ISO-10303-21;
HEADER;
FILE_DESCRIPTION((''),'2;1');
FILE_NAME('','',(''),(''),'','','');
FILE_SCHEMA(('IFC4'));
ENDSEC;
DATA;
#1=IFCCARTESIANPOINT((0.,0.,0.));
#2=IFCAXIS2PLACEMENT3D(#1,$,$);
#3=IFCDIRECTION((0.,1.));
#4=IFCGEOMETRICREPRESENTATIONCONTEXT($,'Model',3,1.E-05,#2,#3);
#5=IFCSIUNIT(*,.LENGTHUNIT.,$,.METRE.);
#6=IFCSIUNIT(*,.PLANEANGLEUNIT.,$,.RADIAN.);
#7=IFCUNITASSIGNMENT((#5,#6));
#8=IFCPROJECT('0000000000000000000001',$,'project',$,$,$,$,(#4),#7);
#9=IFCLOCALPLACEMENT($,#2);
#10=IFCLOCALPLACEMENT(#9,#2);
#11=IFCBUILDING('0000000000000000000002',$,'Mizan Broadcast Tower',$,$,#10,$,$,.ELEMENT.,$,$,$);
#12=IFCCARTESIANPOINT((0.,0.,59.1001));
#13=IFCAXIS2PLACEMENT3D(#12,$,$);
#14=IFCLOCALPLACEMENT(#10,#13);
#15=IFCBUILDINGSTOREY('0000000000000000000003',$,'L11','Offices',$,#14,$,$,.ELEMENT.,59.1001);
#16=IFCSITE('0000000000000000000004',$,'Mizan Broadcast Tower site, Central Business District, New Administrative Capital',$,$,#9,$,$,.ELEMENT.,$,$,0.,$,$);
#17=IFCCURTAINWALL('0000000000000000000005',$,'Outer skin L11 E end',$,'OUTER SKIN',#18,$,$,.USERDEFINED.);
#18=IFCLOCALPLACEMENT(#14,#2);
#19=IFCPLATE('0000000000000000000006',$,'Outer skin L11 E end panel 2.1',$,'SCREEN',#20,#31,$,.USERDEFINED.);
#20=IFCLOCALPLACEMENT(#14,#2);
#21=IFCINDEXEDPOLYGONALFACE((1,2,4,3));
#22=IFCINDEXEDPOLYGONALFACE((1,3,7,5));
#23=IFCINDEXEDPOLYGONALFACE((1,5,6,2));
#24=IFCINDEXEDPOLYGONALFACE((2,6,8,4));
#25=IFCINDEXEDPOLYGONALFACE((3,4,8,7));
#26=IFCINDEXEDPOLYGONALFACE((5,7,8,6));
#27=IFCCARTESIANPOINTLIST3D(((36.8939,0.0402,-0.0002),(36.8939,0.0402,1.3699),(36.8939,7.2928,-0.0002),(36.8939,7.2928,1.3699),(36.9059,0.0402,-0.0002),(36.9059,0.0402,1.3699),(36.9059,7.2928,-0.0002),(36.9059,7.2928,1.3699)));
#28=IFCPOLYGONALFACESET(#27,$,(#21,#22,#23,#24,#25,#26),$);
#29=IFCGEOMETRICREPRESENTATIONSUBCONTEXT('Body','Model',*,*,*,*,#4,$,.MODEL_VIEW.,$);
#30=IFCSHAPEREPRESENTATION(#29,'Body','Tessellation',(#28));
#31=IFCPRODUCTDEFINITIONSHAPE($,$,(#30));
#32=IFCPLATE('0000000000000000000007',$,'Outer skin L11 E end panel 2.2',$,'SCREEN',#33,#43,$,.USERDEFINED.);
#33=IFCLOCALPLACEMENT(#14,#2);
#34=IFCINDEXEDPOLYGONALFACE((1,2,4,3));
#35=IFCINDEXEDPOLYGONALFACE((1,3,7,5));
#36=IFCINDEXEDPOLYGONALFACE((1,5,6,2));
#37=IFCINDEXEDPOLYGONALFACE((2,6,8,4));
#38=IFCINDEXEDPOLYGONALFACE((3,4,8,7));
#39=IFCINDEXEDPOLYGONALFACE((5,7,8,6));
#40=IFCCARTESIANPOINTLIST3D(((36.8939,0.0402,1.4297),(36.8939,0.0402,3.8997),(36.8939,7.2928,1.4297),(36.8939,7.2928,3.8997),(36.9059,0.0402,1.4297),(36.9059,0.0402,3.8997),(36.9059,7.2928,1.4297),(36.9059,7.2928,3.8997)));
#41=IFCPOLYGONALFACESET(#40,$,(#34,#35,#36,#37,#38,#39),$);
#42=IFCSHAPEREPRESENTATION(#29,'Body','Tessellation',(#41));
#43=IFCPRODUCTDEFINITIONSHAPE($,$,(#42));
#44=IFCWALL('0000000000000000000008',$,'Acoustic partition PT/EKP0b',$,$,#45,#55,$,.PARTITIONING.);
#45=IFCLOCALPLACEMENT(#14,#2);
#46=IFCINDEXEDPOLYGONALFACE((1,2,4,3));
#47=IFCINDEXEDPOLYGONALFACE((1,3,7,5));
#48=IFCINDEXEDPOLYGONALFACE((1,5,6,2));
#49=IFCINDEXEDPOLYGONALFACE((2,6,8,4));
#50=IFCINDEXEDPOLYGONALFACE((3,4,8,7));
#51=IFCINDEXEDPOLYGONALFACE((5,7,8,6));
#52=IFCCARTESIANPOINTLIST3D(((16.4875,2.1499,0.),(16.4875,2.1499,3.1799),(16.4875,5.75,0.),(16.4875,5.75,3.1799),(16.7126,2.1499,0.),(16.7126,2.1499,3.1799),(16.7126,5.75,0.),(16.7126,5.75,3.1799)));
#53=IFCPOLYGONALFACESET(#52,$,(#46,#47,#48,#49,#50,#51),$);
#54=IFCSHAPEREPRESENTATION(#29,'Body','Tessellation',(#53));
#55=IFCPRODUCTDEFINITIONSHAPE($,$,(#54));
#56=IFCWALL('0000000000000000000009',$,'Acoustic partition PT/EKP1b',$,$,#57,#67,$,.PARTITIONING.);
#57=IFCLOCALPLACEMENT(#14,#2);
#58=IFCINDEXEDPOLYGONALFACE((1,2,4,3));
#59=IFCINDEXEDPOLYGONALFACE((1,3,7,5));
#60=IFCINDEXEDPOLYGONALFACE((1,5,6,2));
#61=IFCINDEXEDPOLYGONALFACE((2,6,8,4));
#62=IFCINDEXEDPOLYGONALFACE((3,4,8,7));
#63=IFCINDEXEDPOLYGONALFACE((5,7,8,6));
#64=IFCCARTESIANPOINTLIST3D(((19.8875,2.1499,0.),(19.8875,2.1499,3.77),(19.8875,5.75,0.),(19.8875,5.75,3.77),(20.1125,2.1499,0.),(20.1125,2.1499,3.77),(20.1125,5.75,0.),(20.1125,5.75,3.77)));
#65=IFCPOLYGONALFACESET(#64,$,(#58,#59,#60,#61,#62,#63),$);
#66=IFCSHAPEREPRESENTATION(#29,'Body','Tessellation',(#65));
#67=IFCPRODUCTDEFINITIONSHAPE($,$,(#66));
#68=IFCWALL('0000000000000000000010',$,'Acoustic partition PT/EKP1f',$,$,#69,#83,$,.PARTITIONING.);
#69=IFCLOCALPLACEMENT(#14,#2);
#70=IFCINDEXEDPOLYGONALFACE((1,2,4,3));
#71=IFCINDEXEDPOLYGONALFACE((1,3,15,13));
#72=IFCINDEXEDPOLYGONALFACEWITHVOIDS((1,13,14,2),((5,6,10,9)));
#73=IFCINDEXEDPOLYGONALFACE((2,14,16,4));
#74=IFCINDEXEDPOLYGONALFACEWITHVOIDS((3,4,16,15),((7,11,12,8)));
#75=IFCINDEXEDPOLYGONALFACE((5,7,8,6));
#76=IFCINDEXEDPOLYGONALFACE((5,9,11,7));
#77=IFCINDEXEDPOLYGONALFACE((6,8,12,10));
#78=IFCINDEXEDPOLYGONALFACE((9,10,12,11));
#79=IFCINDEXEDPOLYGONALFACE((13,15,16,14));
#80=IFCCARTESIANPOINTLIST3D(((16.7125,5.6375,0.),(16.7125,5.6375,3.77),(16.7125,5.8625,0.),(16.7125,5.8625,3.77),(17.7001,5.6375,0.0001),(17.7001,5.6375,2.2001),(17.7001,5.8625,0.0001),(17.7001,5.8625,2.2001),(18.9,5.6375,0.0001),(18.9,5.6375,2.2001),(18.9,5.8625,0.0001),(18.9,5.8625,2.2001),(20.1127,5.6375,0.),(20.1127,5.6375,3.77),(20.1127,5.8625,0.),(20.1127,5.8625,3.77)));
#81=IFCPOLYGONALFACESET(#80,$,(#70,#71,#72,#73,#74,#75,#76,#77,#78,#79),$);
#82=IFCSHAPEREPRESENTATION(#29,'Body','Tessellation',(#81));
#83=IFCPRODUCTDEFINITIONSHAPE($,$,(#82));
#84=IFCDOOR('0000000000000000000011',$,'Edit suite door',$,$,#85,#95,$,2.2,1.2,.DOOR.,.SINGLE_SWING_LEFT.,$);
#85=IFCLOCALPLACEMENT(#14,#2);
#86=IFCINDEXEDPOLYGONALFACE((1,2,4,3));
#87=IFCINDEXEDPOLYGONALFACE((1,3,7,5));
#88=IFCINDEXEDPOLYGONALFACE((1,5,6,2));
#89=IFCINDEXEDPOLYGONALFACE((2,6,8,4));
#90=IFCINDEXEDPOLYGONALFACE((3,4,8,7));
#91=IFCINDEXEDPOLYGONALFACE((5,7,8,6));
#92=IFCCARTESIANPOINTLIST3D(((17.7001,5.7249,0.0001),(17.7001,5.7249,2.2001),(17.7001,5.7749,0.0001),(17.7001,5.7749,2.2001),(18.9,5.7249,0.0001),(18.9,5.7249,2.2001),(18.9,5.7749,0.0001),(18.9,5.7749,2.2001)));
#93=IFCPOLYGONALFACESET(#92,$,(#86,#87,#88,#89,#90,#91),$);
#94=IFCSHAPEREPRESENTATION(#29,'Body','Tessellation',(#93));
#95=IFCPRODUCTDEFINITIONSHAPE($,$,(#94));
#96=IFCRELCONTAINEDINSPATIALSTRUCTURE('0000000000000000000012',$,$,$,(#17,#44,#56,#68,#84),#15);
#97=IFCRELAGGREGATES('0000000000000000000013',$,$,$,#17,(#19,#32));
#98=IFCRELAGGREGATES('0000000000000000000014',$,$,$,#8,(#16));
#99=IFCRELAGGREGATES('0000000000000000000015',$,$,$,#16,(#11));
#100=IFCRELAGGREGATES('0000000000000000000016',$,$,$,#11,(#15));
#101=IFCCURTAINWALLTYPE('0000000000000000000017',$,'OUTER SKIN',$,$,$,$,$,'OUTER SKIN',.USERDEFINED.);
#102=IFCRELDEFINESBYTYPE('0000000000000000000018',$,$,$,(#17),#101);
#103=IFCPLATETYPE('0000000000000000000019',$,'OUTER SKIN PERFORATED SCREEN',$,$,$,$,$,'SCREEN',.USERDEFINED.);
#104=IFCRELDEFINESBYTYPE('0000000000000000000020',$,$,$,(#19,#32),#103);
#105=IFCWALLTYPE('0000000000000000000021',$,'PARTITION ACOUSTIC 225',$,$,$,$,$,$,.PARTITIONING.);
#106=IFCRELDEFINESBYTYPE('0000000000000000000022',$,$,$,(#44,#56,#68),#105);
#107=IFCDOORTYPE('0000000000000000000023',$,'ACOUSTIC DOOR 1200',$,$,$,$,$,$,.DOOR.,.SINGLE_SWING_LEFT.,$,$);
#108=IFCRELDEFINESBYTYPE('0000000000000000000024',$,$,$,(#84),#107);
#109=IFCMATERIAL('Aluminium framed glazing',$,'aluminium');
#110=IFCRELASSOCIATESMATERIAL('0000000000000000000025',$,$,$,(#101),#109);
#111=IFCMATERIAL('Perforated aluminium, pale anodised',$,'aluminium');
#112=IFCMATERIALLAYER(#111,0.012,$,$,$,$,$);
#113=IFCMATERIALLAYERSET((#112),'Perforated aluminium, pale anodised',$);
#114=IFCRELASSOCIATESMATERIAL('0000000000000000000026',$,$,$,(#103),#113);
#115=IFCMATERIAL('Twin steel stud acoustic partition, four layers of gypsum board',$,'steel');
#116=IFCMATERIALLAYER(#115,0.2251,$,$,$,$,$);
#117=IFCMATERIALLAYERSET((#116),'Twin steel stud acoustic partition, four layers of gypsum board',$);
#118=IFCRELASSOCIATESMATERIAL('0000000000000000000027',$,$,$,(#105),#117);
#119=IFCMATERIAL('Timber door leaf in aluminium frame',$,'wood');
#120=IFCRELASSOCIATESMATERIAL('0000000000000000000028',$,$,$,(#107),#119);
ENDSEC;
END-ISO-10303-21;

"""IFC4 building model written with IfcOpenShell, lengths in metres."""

from ifc_helpers import new_model, si_unit, direction, frame, frame_2d, origin, origin_2d, place, context, subcontext, project, spatial, rectangle, extrude, material, layer, layer_set, type_object, element, fill, aggregate, save


model = new_model("IFC4")

# Units and contexts
model_context = context("Model", 3, precision=1e-05, world=origin(), true_north=direction((0.0, 1.0)))
body_context = subcontext(model_context, "Body", "Model", "MODEL_VIEW")
ifc_project = project(units=[si_unit("LENGTHUNIT", "METRE"), si_unit("PLANEANGLEUNIT", "RADIAN")], contexts=[model_context])

# Site, building, storey
site_placement = place(None, origin())
site = spatial("IfcSite", under=ifc_project, at=site_placement, Name="Mizan Broadcast Tower site, Central Business District, New Administrative Capital", CompositionType="ELEMENT", RefElevation=0.0)
building_placement = place(site_placement, origin())
building = spatial("IfcBuilding", under=site, at=building_placement, Name="Mizan Broadcast Tower", CompositionType="ELEMENT")
storey_placement = place(building_placement, frame((0.0, 0.0, 59.1001)))
storey = spatial("IfcBuildingStorey", under=building, at=storey_placement, Name="L11", Description="Offices", CompositionType="ELEMENT", Elevation=59.1001)

# Curtain wall
ifc_material_1 = material(Name="Aluminium framed glazing", Category="aluminium")
curtain_wall_type_1 = type_object("IfcCurtainWallType", Name="OUTER SKIN", ElementType="OUTER SKIN", PredefinedType="USERDEFINED", material=ifc_material_1)
curtain_wall_1_placement = place(storey_placement, origin())
curtain_wall_1 = element("IfcCurtainWall", 1, at=curtain_wall_1_placement, inside=storey, type_object=curtain_wall_type_1, Name="Outer skin L11 E end", ObjectType="OUTER SKIN", PredefinedType="USERDEFINED")

# Plates
ifc_material_2 = material(Name="Perforated aluminium, pale anodised", Category="aluminium")
ifc_layer_1 = layer(ifc_material_2, 0.012)
ifc_layer_set_1 = layer_set([ifc_layer_1], Name="Perforated aluminium, pale anodised")
plate_type_1 = type_object("IfcPlateType", Name="OUTER SKIN PERFORATED SCREEN", ElementType="SCREEN", PredefinedType="USERDEFINED", material=ifc_layer_set_1)
plate_1_placement = place(storey_placement, frame((36.8999, 3.6665, -0.0002), z_axis=(0.0, 0.0, 1.0), x_axis=(0.0, 1.0, 0.0)))
plate_1 = element("IfcPlate", 2, at=plate_1_placement, type_object=plate_type_1, Name="Outer skin L11 E end panel 2.1", ObjectType="SCREEN", PredefinedType="USERDEFINED", context=body_context, shape_type="SweptSolid", body=[
    extrude(rectangle(XDim=7.2527, YDim=0.012, at=origin_2d()), origin(), (0.0, 0.0, 1.0), 1.3701),
])
plate_2_placement = place(storey_placement, frame((36.8999, 3.6665, 1.4297), z_axis=(0.0, 0.0, 1.0), x_axis=(0.0, 1.0, 0.0)))
plate_2 = element("IfcPlate", 3, at=plate_2_placement, type_object=plate_type_1, Name="Outer skin L11 E end panel 2.2", ObjectType="SCREEN", PredefinedType="USERDEFINED", context=body_context, shape_type="SweptSolid", body=[
    extrude(rectangle(XDim=7.2527, YDim=0.012, at=origin_2d()), origin(), (0.0, 0.0, 1.0), 2.47),
])
aggregate(curtain_wall_1, [plate_1, plate_2])

# Walls
ifc_material_3 = material(Name="Twin steel stud acoustic partition, four layers of gypsum board", Category="steel")
ifc_layer_2 = layer(ifc_material_3, 0.2251)
ifc_layer_set_2 = layer_set([ifc_layer_2], Name="Twin steel stud acoustic partition, four layers of gypsum board")
wall_type = type_object("IfcWallType", Name="PARTITION ACOUSTIC 225", PredefinedType="PARTITIONING", material=ifc_layer_set_2)
wall_1_placement = place(storey_placement, frame((16.6001, 2.1499, 0.0), z_axis=(0.0, 0.0, 1.0), x_axis=(0.0, 1.0, 0.0)))
element("IfcWall", 4, at=wall_1_placement, inside=storey, type_object=wall_type, Name="Acoustic partition PT/EKP0b", PredefinedType="PARTITIONING", context=body_context, shape_type="SweptSolid", body=[
    extrude(rectangle(XDim=3.6001, YDim=0.2251, at=frame_2d((1.8, 0.0))), origin(), (0.0, 0.0, 1.0), 3.1799),
])
wall_2_placement = place(storey_placement, frame((20.0, 2.1499, 0.0), z_axis=(0.0, 0.0, 1.0), x_axis=(0.0, 1.0, 0.0)))
element("IfcWall", 5, at=wall_2_placement, inside=storey, type_object=wall_type, Name="Acoustic partition PT/EKP1b", PredefinedType="PARTITIONING", context=body_context, shape_type="SweptSolid", body=[
    extrude(rectangle(XDim=3.6001, YDim=0.2251, at=frame_2d((1.8, 0.0))), origin(), (0.0, 0.0, 1.0), 3.77),
])

# Wall, opening, door
wall_3_placement = place(storey_placement, frame((16.7124, 5.75, 0.0), z_axis=(0.0, 0.0, 1.0), x_axis=(1.0, 0.0, 0.0)))
wall_3 = element("IfcWall", 6, at=wall_3_placement, inside=storey, type_object=wall_type, Name="Acoustic partition PT/EKP1f", PredefinedType="PARTITIONING", context=body_context, shape_type="SweptSolid", body=[
    extrude(rectangle(XDim=3.4001, YDim=0.2251, at=frame_2d((1.7002, 0.0))), origin(), (0.0, 0.0, 1.0), 3.77),
])
opening_placement = place(wall_3_placement, frame((0.9875, 0.0, 0.0)))
opening = element("IfcOpeningElement", 7, at=opening_placement, cuts=wall_3, PredefinedType="OPENING", context=body_context, shape_type="SweptSolid", body=[
    extrude(rectangle(XDim=1.2, YDim=2.2, at=frame_2d((0.6001, 1.1001))), frame((0.0, 0.1226, 0.0), z_axis=(0.0, -1.0, 0.0), x_axis=(1.0, 0.0, 0.0)), (0.0, 0.0, 1.0), 0.2451),
])
ifc_material_4 = material(Name="Timber door leaf in aluminium frame", Category="wood")
door_type = type_object("IfcDoorType", Name="ACOUSTIC DOOR 1200", OperationType="SINGLE_SWING_LEFT", PredefinedType="DOOR", material=ifc_material_4)
door_placement = place(opening_placement, origin())
door = element("IfcDoor", 8, at=door_placement, inside=storey, type_object=door_type, Name="Edit suite door", OperationType="SINGLE_SWING_LEFT", OverallHeight=2.2, OverallWidth=1.2, PredefinedType="DOOR", context=body_context, shape_type="SweptSolid", body=[
    extrude(rectangle(XDim=1.2, YDim=2.2, at=frame_2d((0.6001, 1.1001))), frame((0.0, 0.0249, 0.0), z_axis=(0.0, -1.0, 0.0), x_axis=(1.0, 0.0, 0.0)), (0.0, 0.0, 1.0), 0.05),
])
fill(opening, door)

save(model, "model.ifc")
